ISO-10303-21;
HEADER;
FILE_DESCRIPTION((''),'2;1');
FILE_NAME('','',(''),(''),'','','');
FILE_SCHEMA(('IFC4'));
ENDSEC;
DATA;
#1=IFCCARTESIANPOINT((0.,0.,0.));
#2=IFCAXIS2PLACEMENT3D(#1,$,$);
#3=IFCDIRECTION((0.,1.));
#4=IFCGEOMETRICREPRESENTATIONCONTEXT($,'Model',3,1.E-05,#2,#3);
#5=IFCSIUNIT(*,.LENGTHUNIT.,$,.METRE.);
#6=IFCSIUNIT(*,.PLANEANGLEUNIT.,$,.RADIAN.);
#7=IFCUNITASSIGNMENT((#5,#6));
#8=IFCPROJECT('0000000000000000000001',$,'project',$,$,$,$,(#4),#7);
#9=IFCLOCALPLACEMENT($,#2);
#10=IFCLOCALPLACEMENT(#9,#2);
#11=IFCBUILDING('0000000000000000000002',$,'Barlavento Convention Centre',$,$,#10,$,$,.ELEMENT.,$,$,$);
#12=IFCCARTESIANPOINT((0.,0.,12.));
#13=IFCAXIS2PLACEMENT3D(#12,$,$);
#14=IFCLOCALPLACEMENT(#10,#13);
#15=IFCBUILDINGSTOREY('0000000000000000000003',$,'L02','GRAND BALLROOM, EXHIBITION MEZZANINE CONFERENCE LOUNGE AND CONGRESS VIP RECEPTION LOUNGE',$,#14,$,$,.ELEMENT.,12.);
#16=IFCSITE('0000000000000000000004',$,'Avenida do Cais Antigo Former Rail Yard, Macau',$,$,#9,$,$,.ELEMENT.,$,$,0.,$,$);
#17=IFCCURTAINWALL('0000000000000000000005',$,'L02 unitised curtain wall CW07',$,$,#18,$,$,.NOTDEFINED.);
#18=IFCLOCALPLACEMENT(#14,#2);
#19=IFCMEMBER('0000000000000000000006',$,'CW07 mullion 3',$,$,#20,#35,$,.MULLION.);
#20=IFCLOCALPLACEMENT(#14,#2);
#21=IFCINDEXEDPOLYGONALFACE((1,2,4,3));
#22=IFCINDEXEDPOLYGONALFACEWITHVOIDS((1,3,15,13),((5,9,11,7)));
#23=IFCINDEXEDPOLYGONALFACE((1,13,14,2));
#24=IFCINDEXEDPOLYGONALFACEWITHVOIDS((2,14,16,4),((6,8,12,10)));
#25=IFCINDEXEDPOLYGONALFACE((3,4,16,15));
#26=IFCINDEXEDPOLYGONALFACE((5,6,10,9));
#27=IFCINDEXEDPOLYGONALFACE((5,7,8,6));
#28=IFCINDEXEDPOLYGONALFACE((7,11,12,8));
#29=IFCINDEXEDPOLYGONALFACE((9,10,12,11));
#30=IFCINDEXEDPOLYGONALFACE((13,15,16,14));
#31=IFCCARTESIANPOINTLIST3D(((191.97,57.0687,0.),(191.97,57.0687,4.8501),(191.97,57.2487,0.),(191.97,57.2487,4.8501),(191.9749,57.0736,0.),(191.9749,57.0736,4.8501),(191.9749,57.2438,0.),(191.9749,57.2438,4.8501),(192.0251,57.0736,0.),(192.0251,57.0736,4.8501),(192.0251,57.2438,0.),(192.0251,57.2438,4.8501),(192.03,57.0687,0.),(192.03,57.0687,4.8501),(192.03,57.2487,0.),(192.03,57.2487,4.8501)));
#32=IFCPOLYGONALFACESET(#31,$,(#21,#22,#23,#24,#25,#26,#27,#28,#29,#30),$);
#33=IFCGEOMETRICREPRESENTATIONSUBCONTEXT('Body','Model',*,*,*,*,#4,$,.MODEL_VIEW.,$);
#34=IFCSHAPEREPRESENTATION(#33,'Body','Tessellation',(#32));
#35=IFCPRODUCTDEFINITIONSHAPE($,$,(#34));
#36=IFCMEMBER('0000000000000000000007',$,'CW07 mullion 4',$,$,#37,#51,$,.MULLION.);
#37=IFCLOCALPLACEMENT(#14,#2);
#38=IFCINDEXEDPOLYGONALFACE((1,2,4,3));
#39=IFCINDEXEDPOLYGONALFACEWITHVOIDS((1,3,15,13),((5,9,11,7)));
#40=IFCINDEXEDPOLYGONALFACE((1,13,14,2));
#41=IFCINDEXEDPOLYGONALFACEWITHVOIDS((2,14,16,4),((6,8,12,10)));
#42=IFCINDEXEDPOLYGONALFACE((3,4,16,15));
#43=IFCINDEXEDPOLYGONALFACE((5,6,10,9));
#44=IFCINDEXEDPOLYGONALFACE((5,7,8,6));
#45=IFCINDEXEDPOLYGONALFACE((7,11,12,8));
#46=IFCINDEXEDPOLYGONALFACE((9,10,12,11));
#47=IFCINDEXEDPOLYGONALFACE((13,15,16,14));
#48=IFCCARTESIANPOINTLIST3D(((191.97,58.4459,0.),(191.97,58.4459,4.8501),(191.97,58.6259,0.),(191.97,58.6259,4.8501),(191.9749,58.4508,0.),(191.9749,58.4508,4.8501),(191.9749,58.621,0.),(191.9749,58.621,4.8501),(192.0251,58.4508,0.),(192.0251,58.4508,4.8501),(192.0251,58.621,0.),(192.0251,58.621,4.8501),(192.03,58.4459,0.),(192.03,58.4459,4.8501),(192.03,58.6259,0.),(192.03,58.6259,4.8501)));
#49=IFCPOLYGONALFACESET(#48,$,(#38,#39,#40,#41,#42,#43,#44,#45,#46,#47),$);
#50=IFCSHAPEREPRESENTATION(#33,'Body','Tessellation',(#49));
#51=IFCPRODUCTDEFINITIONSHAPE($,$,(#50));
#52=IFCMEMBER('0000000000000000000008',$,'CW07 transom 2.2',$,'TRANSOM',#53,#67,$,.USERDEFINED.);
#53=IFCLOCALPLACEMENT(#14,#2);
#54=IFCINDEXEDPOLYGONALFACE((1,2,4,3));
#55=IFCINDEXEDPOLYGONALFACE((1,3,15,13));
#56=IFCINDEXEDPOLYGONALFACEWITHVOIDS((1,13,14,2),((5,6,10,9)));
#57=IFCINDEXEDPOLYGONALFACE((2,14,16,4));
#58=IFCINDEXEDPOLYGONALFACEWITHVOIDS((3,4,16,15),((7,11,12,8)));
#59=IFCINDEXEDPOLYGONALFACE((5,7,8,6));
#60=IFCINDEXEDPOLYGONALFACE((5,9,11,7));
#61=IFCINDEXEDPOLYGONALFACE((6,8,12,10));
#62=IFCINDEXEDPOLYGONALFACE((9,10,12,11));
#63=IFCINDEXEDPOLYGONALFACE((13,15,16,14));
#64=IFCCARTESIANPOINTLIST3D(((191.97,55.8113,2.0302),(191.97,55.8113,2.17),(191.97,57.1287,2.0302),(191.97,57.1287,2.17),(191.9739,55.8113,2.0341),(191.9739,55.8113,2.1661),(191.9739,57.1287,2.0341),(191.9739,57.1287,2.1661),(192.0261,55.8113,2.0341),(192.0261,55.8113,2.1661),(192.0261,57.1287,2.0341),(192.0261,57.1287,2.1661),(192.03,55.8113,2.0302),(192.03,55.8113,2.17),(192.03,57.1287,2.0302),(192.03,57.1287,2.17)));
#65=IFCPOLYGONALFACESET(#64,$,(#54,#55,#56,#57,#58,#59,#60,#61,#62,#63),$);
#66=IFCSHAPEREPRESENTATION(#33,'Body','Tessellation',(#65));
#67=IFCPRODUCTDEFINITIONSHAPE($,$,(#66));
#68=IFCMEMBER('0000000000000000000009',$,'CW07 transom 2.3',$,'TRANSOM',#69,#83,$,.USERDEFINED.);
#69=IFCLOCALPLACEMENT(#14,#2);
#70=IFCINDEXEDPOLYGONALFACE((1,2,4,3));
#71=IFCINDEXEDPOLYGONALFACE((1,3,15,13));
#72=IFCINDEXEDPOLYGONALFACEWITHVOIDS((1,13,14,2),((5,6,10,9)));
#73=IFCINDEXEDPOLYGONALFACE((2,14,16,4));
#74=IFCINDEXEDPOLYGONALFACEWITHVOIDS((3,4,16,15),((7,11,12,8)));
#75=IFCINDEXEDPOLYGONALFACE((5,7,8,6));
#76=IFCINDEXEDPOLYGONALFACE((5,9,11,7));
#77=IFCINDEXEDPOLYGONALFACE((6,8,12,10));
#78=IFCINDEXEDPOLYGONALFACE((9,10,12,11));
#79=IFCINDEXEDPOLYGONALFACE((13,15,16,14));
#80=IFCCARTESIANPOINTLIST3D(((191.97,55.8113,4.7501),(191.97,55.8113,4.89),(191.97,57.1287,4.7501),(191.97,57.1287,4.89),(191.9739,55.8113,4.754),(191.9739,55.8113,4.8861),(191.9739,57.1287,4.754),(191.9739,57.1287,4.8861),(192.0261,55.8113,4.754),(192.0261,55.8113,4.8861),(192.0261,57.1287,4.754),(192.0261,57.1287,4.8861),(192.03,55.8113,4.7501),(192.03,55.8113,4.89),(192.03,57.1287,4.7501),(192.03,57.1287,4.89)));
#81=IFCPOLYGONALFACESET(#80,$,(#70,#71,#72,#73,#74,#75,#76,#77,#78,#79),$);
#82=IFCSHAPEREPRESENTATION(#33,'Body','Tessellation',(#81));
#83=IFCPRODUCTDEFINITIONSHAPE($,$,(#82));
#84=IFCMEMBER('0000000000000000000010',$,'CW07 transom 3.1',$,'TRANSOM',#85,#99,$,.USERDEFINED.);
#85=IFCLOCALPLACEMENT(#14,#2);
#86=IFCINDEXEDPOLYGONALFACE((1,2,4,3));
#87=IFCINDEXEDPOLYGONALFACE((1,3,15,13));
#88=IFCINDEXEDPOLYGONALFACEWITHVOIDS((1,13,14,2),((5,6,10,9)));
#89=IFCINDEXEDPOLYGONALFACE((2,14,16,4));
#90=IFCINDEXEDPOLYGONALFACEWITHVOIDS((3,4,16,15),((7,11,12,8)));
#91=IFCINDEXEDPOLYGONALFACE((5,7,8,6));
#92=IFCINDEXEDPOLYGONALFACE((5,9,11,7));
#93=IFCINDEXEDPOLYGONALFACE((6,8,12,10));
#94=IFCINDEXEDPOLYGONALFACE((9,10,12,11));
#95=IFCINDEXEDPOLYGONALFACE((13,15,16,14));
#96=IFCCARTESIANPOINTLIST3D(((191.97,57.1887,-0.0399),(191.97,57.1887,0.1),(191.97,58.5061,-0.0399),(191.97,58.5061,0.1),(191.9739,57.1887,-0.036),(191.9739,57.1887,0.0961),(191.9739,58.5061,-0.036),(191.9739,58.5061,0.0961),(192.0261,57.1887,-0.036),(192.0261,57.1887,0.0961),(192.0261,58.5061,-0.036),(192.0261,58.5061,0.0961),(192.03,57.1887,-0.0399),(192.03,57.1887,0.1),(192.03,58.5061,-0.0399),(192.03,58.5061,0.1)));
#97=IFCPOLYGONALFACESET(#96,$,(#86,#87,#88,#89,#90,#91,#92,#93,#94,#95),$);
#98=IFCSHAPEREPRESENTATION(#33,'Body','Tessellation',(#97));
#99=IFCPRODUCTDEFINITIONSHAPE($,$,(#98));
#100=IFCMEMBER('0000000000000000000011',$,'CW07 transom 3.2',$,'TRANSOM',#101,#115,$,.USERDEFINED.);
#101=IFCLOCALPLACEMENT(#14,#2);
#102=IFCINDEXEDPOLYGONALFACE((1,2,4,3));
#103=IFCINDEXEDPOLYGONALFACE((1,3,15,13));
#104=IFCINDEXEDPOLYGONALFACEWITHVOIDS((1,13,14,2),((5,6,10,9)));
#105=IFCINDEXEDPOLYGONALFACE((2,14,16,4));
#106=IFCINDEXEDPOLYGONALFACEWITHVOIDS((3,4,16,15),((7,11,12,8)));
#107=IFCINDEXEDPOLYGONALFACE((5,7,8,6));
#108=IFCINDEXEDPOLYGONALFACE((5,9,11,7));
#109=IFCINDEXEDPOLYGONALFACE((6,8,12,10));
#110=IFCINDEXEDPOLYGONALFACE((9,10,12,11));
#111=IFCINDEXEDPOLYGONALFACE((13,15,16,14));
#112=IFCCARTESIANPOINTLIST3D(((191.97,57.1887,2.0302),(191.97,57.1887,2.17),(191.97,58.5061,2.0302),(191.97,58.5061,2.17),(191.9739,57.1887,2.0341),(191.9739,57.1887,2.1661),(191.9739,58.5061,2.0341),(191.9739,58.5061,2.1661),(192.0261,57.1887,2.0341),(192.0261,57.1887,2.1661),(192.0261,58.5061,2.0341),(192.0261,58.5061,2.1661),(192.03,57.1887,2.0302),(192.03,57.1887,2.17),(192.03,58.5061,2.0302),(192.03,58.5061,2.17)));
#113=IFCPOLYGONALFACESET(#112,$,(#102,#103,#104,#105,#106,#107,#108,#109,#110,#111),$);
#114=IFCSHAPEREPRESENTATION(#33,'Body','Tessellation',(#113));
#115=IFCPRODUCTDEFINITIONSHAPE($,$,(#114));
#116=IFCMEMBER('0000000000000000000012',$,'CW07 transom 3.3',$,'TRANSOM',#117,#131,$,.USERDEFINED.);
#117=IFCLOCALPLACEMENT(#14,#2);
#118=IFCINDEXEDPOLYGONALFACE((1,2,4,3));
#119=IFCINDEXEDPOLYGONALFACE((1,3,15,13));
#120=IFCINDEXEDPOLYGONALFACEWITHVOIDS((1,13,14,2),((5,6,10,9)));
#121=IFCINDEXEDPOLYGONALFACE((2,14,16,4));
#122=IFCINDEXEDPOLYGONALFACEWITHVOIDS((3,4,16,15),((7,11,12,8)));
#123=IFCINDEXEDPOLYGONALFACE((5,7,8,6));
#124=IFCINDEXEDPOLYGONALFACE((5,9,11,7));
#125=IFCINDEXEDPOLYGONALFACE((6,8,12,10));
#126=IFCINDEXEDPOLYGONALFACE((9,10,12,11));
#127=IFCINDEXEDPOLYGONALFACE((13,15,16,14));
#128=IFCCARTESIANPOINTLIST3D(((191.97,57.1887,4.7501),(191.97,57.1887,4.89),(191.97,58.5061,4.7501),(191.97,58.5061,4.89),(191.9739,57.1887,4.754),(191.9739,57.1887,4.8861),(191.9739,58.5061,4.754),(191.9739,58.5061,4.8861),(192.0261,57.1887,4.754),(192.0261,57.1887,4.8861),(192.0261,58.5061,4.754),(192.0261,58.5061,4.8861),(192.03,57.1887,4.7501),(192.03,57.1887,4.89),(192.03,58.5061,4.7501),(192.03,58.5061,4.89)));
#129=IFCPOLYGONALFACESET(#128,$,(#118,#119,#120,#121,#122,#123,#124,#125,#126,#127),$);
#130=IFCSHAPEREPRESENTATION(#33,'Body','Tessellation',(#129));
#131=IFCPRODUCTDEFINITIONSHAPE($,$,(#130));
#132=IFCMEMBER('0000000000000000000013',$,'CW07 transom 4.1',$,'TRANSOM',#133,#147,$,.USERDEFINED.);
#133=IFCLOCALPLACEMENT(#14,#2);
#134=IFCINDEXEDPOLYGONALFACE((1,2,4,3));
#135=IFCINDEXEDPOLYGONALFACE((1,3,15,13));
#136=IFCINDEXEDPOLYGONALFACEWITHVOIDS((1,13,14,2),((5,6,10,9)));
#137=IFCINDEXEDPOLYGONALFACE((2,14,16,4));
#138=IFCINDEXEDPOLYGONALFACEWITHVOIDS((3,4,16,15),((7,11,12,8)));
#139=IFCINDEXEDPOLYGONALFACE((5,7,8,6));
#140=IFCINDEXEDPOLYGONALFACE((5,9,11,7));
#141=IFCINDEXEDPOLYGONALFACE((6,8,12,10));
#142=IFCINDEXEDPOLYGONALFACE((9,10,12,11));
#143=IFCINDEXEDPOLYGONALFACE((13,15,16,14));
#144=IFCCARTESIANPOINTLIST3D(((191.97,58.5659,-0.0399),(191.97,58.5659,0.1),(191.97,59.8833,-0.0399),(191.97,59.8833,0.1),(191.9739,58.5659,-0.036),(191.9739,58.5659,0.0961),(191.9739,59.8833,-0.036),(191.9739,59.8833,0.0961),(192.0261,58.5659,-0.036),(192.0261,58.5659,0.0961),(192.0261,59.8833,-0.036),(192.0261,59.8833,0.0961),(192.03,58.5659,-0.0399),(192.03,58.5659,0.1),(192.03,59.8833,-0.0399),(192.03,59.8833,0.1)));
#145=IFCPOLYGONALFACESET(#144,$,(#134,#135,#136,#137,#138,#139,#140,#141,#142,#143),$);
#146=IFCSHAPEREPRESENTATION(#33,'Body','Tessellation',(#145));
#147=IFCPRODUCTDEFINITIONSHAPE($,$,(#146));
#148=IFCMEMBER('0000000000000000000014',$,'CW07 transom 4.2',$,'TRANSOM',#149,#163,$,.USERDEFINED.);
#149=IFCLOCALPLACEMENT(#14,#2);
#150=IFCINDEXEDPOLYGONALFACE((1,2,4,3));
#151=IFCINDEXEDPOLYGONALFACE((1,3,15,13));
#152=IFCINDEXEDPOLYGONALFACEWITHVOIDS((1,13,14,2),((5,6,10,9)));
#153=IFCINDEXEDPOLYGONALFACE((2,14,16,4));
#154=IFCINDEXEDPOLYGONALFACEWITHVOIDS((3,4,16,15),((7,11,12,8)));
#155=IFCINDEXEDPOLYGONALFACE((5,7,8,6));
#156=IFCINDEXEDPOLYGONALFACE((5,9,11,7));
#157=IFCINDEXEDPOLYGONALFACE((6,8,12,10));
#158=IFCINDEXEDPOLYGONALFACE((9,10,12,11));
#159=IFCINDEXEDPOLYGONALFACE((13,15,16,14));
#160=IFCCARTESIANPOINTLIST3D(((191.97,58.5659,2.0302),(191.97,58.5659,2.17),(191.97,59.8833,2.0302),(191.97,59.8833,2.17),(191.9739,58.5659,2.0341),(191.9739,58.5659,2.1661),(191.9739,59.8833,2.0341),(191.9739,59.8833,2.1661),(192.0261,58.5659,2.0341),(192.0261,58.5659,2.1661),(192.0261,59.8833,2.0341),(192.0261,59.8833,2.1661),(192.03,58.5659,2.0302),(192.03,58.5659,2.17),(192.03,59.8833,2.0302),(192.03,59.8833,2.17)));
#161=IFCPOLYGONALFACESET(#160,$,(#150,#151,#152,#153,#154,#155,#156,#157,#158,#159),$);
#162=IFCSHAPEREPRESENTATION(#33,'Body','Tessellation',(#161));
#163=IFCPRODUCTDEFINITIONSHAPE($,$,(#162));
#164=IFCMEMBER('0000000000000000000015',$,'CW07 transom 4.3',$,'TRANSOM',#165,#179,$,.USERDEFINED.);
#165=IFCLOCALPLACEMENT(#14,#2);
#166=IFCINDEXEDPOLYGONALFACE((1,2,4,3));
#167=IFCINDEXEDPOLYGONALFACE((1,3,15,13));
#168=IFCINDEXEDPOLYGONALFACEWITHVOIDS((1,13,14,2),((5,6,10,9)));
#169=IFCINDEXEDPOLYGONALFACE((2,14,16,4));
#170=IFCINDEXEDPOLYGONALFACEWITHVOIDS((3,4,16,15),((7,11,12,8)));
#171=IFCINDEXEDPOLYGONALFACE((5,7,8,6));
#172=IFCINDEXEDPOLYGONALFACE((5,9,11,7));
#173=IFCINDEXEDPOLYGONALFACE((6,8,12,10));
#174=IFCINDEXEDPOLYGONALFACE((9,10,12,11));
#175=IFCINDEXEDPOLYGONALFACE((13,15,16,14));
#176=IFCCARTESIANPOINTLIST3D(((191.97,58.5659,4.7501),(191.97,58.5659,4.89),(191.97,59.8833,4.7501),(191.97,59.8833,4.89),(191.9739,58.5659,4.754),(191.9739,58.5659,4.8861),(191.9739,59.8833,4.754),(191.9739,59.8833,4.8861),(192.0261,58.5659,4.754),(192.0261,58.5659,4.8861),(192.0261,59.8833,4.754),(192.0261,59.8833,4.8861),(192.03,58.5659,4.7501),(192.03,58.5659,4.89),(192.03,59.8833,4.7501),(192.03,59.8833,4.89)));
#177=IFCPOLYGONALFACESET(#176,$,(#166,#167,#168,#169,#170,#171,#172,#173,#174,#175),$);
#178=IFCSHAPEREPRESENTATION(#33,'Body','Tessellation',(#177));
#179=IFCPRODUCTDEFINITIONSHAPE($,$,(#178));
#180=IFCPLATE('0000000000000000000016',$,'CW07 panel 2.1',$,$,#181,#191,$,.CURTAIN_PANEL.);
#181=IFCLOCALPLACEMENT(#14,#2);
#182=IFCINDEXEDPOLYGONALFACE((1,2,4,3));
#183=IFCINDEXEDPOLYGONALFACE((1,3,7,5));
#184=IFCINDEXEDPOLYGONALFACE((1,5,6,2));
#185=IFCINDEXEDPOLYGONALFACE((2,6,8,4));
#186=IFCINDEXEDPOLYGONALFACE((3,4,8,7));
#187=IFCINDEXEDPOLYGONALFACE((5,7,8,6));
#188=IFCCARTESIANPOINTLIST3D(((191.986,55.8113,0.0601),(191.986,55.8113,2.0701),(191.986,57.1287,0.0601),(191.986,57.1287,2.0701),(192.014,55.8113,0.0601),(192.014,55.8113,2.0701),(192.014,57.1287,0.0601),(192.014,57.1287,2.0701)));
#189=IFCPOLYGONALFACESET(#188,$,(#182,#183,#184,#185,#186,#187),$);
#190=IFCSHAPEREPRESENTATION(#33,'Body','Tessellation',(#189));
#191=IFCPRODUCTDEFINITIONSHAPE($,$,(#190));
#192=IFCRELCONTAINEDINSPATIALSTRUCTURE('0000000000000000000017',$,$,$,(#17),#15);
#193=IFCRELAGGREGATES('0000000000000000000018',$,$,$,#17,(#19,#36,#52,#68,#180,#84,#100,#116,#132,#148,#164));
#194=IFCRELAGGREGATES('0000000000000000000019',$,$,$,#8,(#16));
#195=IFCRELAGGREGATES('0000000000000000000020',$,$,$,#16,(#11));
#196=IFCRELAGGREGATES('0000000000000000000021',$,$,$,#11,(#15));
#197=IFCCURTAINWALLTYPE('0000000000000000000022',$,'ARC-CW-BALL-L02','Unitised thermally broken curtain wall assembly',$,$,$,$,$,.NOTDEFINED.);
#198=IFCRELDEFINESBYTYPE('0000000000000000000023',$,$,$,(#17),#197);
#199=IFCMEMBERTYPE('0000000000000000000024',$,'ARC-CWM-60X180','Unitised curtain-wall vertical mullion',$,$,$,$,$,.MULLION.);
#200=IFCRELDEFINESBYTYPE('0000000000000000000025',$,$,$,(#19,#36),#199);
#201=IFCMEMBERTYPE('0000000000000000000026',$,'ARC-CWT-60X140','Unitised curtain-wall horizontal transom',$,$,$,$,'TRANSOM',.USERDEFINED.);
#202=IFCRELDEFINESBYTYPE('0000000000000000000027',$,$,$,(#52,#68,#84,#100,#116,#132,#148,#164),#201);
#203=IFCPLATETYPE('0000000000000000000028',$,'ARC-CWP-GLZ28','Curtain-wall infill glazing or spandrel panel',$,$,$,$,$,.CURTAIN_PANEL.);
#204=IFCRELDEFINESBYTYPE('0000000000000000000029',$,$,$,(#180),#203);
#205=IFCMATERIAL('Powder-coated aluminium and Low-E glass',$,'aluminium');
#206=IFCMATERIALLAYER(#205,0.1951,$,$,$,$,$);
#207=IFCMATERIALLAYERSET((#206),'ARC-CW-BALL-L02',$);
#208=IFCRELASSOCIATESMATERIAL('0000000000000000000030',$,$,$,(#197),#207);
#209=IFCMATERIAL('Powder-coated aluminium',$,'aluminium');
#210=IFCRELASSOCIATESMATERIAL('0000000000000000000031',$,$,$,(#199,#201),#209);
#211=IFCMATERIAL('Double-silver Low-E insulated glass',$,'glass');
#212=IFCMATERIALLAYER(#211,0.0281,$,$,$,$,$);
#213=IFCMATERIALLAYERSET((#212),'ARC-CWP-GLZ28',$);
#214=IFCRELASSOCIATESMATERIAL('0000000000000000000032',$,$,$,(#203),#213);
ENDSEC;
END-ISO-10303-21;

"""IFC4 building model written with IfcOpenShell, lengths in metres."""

from ifc_helpers import new_model, si_unit, direction, frame, origin, origin_2d, place, context, subcontext, project, spatial, rectangle, hollow_rectangle, extrude, material, layer, layer_set, material_profile, profile_set, type_object, element, aggregate, save


model = new_model("IFC4")

# Units and contexts
model_context = context("Model", 3, precision=1e-05, world=origin(), true_north=direction((0.0, 1.0)))
body_context = subcontext(model_context, "Body", "Model", "MODEL_VIEW")
ifc_project = project(units=[si_unit("LENGTHUNIT", "METRE"), si_unit("PLANEANGLEUNIT", "RADIAN")], contexts=[model_context])

# Site, building, storey
site_placement = place(None, origin())
site = spatial("IfcSite", under=ifc_project, at=site_placement, Name="Avenida do Cais Antigo Former Rail Yard, Macau", CompositionType="ELEMENT", RefElevation=0.0)
building_placement = place(site_placement, origin())
building = spatial("IfcBuilding", under=site, at=building_placement, Name="Barlavento Convention Centre", CompositionType="ELEMENT")
storey_placement = place(building_placement, frame((0.0, 0.0, 12.0)))
storey = spatial("IfcBuildingStorey", under=building, at=storey_placement, Name="L02", Description="GRAND BALLROOM, EXHIBITION MEZZANINE CONFERENCE LOUNGE AND CONGRESS VIP RECEPTION LOUNGE", CompositionType="ELEMENT", Elevation=12.0)

# Curtain wall, members, plate
ifc_material_1 = material(Name="Powder-coated aluminium and Low-E glass", Category="aluminium")
ifc_layer_1 = layer(ifc_material_1, 0.1951)
ifc_layer_set_1 = layer_set([ifc_layer_1], Name="ARC-CW-BALL-L02")
curtain_wall_type = type_object("IfcCurtainWallType", Name="ARC-CW-BALL-L02", Description="Unitised thermally broken curtain wall assembly", PredefinedType="NOTDEFINED", material=ifc_layer_set_1)
curtain_wall_placement = place(storey_placement, origin())
curtain_wall = element("IfcCurtainWall", 1, at=curtain_wall_placement, inside=storey, type_object=curtain_wall_type, Name="L02 unitised curtain wall CW07", PredefinedType="NOTDEFINED")
ifc_material_2 = material(Name="Powder-coated aluminium", Category="aluminium")
ifc_material_profile_1 = material_profile(ifc_material_2, hollow_rectangle(XDim=0.0601, YDim=0.1799, WallThickness=0.0049, at=origin_2d()), Name="AL-MULL 60x180x5")
ifc_profile_set_1 = profile_set([ifc_material_profile_1], Name="Powder-coated aluminium")
member_type_1 = type_object("IfcMemberType", Name="ARC-CWM-60X180", Description="Unitised curtain-wall vertical mullion", PredefinedType="MULLION", material=ifc_profile_set_1)
member_1_placement = place(storey_placement, frame((192.0, 57.1587, 0.0), z_axis=(0.0, 0.0, 1.0), x_axis=(-1.0, 0.0, 0.0)))
member_1 = element("IfcMember", 2, at=member_1_placement, type_object=member_type_1, Name="CW07 mullion 3", PredefinedType="MULLION", context=body_context, shape_type="SweptSolid", body=[
    extrude(hollow_rectangle(XDim=0.0601, YDim=0.1799, WallThickness=0.0049, at=origin_2d()), origin(), (0.0, 0.0, 1.0), 4.8501),
])
member_2_placement = place(storey_placement, frame((192.0, 58.5359, 0.0), z_axis=(0.0, 0.0, 1.0), x_axis=(-1.0, 0.0, 0.0)))
member_2 = element("IfcMember", 3, at=member_2_placement, type_object=member_type_1, Name="CW07 mullion 4", PredefinedType="MULLION", context=body_context, shape_type="SweptSolid", body=[
    extrude(hollow_rectangle(XDim=0.0601, YDim=0.1799, WallThickness=0.0049, at=origin_2d()), origin(), (0.0, 0.0, 1.0), 4.8501),
])
ifc_material_profile_2 = material_profile(ifc_material_2, hollow_rectangle(XDim=0.0601, YDim=0.1399, WallThickness=0.0039, at=origin_2d()), Name="AL-TRAN 60x140x4")
ifc_profile_set_2 = profile_set([ifc_material_profile_2], Name="Powder-coated aluminium")
member_type_2 = type_object("IfcMemberType", Name="ARC-CWT-60X140", Description="Unitised curtain-wall horizontal transom", ElementType="TRANSOM", PredefinedType="USERDEFINED", material=ifc_profile_set_2)
member_3_placement = place(storey_placement, frame((192.0, 55.8113, 2.1001), z_axis=(0.0, 1.0, 0.0), x_axis=(-1.0, 0.0, 0.0)))
member_3 = element("IfcMember", 4, at=member_3_placement, type_object=member_type_2, Name="CW07 transom 2.2", ObjectType="TRANSOM", PredefinedType="USERDEFINED", context=body_context, shape_type="SweptSolid", body=[
    extrude(hollow_rectangle(XDim=0.0601, YDim=0.1399, WallThickness=0.0039, at=origin_2d()), origin(), (0.0, 0.0, 1.0), 1.3174),
])
member_4_placement = place(storey_placement, frame((192.0, 55.8113, 4.8201), z_axis=(0.0, 1.0, 0.0), x_axis=(-1.0, 0.0, 0.0)))
member_4 = element("IfcMember", 5, at=member_4_placement, type_object=member_type_2, Name="CW07 transom 2.3", ObjectType="TRANSOM", PredefinedType="USERDEFINED", context=body_context, shape_type="SweptSolid", body=[
    extrude(hollow_rectangle(XDim=0.0601, YDim=0.1399, WallThickness=0.0039, at=origin_2d()), origin(), (0.0, 0.0, 1.0), 1.3174),
])
member_5_placement = place(storey_placement, frame((192.0, 57.1887, 0.03), z_axis=(0.0, 1.0, 0.0), x_axis=(-1.0, 0.0, 0.0)))
member_5 = element("IfcMember", 6, at=member_5_placement, type_object=member_type_2, Name="CW07 transom 3.1", ObjectType="TRANSOM", PredefinedType="USERDEFINED", context=body_context, shape_type="SweptSolid", body=[
    extrude(hollow_rectangle(XDim=0.0601, YDim=0.1399, WallThickness=0.0039, at=origin_2d()), origin(), (0.0, 0.0, 1.0), 1.3174),
])
member_6_placement = place(storey_placement, frame((192.0, 57.1887, 2.1001), z_axis=(0.0, 1.0, 0.0), x_axis=(-1.0, 0.0, 0.0)))
member_6 = element("IfcMember", 7, at=member_6_placement, type_object=member_type_2, Name="CW07 transom 3.2", ObjectType="TRANSOM", PredefinedType="USERDEFINED", context=body_context, shape_type="SweptSolid", body=[
    extrude(hollow_rectangle(XDim=0.0601, YDim=0.1399, WallThickness=0.0039, at=origin_2d()), origin(), (0.0, 0.0, 1.0), 1.3174),
])
member_7_placement = place(storey_placement, frame((192.0, 57.1887, 4.8201), z_axis=(0.0, 1.0, 0.0), x_axis=(-1.0, 0.0, 0.0)))
member_7 = element("IfcMember", 8, at=member_7_placement, type_object=member_type_2, Name="CW07 transom 3.3", ObjectType="TRANSOM", PredefinedType="USERDEFINED", context=body_context, shape_type="SweptSolid", body=[
    extrude(hollow_rectangle(XDim=0.0601, YDim=0.1399, WallThickness=0.0039, at=origin_2d()), origin(), (0.0, 0.0, 1.0), 1.3174),
])
member_8_placement = place(storey_placement, frame((192.0, 58.5659, 0.03), z_axis=(0.0, 1.0, 0.0), x_axis=(-1.0, 0.0, 0.0)))
member_8 = element("IfcMember", 9, at=member_8_placement, type_object=member_type_2, Name="CW07 transom 4.1", ObjectType="TRANSOM", PredefinedType="USERDEFINED", context=body_context, shape_type="SweptSolid", body=[
    extrude(hollow_rectangle(XDim=0.0601, YDim=0.1399, WallThickness=0.0039, at=origin_2d()), origin(), (0.0, 0.0, 1.0), 1.3174),
])
member_9_placement = place(storey_placement, frame((192.0, 58.5659, 2.1001), z_axis=(0.0, 1.0, 0.0), x_axis=(-1.0, 0.0, 0.0)))
member_9 = element("IfcMember", 10, at=member_9_placement, type_object=member_type_2, Name="CW07 transom 4.2", ObjectType="TRANSOM", PredefinedType="USERDEFINED", context=body_context, shape_type="SweptSolid", body=[
    extrude(hollow_rectangle(XDim=0.0601, YDim=0.1399, WallThickness=0.0039, at=origin_2d()), origin(), (0.0, 0.0, 1.0), 1.3174),
])
member_10_placement = place(storey_placement, frame((192.0, 58.5659, 4.8201), z_axis=(0.0, 1.0, 0.0), x_axis=(-1.0, 0.0, 0.0)))
member_10 = element("IfcMember", 11, at=member_10_placement, type_object=member_type_2, Name="CW07 transom 4.3", ObjectType="TRANSOM", PredefinedType="USERDEFINED", context=body_context, shape_type="SweptSolid", body=[
    extrude(hollow_rectangle(XDim=0.0601, YDim=0.1399, WallThickness=0.0039, at=origin_2d()), origin(), (0.0, 0.0, 1.0), 1.3174),
])
ifc_material_3 = material(Name="Double-silver Low-E insulated glass", Category="glass")
ifc_layer_2 = layer(ifc_material_3, 0.0281)
ifc_layer_set_2 = layer_set([ifc_layer_2], Name="ARC-CWP-GLZ28")
plate_type = type_object("IfcPlateType", Name="ARC-CWP-GLZ28", Description="Curtain-wall infill glazing or spandrel panel", PredefinedType="CURTAIN_PANEL", material=ifc_layer_set_2)
plate_1_placement = place(storey_placement, frame((192.0, 56.47, 0.0601), z_axis=(0.0, 0.0, 1.0), x_axis=(0.0, 1.0, 0.0)))
plate_1 = element("IfcPlate", 12, at=plate_1_placement, type_object=plate_type, Name="CW07 panel 2.1", PredefinedType="CURTAIN_PANEL", context=body_context, shape_type="SweptSolid", body=[
    extrude(rectangle(XDim=1.3174, YDim=0.0281, at=origin_2d()), origin(), (0.0, 0.0, 1.0), 2.01),
])
aggregate(curtain_wall, [member_1, member_2, member_3, member_4, plate_1, member_5, member_6, member_7, member_8, member_9, member_10])

save(model, "model.ifc")
